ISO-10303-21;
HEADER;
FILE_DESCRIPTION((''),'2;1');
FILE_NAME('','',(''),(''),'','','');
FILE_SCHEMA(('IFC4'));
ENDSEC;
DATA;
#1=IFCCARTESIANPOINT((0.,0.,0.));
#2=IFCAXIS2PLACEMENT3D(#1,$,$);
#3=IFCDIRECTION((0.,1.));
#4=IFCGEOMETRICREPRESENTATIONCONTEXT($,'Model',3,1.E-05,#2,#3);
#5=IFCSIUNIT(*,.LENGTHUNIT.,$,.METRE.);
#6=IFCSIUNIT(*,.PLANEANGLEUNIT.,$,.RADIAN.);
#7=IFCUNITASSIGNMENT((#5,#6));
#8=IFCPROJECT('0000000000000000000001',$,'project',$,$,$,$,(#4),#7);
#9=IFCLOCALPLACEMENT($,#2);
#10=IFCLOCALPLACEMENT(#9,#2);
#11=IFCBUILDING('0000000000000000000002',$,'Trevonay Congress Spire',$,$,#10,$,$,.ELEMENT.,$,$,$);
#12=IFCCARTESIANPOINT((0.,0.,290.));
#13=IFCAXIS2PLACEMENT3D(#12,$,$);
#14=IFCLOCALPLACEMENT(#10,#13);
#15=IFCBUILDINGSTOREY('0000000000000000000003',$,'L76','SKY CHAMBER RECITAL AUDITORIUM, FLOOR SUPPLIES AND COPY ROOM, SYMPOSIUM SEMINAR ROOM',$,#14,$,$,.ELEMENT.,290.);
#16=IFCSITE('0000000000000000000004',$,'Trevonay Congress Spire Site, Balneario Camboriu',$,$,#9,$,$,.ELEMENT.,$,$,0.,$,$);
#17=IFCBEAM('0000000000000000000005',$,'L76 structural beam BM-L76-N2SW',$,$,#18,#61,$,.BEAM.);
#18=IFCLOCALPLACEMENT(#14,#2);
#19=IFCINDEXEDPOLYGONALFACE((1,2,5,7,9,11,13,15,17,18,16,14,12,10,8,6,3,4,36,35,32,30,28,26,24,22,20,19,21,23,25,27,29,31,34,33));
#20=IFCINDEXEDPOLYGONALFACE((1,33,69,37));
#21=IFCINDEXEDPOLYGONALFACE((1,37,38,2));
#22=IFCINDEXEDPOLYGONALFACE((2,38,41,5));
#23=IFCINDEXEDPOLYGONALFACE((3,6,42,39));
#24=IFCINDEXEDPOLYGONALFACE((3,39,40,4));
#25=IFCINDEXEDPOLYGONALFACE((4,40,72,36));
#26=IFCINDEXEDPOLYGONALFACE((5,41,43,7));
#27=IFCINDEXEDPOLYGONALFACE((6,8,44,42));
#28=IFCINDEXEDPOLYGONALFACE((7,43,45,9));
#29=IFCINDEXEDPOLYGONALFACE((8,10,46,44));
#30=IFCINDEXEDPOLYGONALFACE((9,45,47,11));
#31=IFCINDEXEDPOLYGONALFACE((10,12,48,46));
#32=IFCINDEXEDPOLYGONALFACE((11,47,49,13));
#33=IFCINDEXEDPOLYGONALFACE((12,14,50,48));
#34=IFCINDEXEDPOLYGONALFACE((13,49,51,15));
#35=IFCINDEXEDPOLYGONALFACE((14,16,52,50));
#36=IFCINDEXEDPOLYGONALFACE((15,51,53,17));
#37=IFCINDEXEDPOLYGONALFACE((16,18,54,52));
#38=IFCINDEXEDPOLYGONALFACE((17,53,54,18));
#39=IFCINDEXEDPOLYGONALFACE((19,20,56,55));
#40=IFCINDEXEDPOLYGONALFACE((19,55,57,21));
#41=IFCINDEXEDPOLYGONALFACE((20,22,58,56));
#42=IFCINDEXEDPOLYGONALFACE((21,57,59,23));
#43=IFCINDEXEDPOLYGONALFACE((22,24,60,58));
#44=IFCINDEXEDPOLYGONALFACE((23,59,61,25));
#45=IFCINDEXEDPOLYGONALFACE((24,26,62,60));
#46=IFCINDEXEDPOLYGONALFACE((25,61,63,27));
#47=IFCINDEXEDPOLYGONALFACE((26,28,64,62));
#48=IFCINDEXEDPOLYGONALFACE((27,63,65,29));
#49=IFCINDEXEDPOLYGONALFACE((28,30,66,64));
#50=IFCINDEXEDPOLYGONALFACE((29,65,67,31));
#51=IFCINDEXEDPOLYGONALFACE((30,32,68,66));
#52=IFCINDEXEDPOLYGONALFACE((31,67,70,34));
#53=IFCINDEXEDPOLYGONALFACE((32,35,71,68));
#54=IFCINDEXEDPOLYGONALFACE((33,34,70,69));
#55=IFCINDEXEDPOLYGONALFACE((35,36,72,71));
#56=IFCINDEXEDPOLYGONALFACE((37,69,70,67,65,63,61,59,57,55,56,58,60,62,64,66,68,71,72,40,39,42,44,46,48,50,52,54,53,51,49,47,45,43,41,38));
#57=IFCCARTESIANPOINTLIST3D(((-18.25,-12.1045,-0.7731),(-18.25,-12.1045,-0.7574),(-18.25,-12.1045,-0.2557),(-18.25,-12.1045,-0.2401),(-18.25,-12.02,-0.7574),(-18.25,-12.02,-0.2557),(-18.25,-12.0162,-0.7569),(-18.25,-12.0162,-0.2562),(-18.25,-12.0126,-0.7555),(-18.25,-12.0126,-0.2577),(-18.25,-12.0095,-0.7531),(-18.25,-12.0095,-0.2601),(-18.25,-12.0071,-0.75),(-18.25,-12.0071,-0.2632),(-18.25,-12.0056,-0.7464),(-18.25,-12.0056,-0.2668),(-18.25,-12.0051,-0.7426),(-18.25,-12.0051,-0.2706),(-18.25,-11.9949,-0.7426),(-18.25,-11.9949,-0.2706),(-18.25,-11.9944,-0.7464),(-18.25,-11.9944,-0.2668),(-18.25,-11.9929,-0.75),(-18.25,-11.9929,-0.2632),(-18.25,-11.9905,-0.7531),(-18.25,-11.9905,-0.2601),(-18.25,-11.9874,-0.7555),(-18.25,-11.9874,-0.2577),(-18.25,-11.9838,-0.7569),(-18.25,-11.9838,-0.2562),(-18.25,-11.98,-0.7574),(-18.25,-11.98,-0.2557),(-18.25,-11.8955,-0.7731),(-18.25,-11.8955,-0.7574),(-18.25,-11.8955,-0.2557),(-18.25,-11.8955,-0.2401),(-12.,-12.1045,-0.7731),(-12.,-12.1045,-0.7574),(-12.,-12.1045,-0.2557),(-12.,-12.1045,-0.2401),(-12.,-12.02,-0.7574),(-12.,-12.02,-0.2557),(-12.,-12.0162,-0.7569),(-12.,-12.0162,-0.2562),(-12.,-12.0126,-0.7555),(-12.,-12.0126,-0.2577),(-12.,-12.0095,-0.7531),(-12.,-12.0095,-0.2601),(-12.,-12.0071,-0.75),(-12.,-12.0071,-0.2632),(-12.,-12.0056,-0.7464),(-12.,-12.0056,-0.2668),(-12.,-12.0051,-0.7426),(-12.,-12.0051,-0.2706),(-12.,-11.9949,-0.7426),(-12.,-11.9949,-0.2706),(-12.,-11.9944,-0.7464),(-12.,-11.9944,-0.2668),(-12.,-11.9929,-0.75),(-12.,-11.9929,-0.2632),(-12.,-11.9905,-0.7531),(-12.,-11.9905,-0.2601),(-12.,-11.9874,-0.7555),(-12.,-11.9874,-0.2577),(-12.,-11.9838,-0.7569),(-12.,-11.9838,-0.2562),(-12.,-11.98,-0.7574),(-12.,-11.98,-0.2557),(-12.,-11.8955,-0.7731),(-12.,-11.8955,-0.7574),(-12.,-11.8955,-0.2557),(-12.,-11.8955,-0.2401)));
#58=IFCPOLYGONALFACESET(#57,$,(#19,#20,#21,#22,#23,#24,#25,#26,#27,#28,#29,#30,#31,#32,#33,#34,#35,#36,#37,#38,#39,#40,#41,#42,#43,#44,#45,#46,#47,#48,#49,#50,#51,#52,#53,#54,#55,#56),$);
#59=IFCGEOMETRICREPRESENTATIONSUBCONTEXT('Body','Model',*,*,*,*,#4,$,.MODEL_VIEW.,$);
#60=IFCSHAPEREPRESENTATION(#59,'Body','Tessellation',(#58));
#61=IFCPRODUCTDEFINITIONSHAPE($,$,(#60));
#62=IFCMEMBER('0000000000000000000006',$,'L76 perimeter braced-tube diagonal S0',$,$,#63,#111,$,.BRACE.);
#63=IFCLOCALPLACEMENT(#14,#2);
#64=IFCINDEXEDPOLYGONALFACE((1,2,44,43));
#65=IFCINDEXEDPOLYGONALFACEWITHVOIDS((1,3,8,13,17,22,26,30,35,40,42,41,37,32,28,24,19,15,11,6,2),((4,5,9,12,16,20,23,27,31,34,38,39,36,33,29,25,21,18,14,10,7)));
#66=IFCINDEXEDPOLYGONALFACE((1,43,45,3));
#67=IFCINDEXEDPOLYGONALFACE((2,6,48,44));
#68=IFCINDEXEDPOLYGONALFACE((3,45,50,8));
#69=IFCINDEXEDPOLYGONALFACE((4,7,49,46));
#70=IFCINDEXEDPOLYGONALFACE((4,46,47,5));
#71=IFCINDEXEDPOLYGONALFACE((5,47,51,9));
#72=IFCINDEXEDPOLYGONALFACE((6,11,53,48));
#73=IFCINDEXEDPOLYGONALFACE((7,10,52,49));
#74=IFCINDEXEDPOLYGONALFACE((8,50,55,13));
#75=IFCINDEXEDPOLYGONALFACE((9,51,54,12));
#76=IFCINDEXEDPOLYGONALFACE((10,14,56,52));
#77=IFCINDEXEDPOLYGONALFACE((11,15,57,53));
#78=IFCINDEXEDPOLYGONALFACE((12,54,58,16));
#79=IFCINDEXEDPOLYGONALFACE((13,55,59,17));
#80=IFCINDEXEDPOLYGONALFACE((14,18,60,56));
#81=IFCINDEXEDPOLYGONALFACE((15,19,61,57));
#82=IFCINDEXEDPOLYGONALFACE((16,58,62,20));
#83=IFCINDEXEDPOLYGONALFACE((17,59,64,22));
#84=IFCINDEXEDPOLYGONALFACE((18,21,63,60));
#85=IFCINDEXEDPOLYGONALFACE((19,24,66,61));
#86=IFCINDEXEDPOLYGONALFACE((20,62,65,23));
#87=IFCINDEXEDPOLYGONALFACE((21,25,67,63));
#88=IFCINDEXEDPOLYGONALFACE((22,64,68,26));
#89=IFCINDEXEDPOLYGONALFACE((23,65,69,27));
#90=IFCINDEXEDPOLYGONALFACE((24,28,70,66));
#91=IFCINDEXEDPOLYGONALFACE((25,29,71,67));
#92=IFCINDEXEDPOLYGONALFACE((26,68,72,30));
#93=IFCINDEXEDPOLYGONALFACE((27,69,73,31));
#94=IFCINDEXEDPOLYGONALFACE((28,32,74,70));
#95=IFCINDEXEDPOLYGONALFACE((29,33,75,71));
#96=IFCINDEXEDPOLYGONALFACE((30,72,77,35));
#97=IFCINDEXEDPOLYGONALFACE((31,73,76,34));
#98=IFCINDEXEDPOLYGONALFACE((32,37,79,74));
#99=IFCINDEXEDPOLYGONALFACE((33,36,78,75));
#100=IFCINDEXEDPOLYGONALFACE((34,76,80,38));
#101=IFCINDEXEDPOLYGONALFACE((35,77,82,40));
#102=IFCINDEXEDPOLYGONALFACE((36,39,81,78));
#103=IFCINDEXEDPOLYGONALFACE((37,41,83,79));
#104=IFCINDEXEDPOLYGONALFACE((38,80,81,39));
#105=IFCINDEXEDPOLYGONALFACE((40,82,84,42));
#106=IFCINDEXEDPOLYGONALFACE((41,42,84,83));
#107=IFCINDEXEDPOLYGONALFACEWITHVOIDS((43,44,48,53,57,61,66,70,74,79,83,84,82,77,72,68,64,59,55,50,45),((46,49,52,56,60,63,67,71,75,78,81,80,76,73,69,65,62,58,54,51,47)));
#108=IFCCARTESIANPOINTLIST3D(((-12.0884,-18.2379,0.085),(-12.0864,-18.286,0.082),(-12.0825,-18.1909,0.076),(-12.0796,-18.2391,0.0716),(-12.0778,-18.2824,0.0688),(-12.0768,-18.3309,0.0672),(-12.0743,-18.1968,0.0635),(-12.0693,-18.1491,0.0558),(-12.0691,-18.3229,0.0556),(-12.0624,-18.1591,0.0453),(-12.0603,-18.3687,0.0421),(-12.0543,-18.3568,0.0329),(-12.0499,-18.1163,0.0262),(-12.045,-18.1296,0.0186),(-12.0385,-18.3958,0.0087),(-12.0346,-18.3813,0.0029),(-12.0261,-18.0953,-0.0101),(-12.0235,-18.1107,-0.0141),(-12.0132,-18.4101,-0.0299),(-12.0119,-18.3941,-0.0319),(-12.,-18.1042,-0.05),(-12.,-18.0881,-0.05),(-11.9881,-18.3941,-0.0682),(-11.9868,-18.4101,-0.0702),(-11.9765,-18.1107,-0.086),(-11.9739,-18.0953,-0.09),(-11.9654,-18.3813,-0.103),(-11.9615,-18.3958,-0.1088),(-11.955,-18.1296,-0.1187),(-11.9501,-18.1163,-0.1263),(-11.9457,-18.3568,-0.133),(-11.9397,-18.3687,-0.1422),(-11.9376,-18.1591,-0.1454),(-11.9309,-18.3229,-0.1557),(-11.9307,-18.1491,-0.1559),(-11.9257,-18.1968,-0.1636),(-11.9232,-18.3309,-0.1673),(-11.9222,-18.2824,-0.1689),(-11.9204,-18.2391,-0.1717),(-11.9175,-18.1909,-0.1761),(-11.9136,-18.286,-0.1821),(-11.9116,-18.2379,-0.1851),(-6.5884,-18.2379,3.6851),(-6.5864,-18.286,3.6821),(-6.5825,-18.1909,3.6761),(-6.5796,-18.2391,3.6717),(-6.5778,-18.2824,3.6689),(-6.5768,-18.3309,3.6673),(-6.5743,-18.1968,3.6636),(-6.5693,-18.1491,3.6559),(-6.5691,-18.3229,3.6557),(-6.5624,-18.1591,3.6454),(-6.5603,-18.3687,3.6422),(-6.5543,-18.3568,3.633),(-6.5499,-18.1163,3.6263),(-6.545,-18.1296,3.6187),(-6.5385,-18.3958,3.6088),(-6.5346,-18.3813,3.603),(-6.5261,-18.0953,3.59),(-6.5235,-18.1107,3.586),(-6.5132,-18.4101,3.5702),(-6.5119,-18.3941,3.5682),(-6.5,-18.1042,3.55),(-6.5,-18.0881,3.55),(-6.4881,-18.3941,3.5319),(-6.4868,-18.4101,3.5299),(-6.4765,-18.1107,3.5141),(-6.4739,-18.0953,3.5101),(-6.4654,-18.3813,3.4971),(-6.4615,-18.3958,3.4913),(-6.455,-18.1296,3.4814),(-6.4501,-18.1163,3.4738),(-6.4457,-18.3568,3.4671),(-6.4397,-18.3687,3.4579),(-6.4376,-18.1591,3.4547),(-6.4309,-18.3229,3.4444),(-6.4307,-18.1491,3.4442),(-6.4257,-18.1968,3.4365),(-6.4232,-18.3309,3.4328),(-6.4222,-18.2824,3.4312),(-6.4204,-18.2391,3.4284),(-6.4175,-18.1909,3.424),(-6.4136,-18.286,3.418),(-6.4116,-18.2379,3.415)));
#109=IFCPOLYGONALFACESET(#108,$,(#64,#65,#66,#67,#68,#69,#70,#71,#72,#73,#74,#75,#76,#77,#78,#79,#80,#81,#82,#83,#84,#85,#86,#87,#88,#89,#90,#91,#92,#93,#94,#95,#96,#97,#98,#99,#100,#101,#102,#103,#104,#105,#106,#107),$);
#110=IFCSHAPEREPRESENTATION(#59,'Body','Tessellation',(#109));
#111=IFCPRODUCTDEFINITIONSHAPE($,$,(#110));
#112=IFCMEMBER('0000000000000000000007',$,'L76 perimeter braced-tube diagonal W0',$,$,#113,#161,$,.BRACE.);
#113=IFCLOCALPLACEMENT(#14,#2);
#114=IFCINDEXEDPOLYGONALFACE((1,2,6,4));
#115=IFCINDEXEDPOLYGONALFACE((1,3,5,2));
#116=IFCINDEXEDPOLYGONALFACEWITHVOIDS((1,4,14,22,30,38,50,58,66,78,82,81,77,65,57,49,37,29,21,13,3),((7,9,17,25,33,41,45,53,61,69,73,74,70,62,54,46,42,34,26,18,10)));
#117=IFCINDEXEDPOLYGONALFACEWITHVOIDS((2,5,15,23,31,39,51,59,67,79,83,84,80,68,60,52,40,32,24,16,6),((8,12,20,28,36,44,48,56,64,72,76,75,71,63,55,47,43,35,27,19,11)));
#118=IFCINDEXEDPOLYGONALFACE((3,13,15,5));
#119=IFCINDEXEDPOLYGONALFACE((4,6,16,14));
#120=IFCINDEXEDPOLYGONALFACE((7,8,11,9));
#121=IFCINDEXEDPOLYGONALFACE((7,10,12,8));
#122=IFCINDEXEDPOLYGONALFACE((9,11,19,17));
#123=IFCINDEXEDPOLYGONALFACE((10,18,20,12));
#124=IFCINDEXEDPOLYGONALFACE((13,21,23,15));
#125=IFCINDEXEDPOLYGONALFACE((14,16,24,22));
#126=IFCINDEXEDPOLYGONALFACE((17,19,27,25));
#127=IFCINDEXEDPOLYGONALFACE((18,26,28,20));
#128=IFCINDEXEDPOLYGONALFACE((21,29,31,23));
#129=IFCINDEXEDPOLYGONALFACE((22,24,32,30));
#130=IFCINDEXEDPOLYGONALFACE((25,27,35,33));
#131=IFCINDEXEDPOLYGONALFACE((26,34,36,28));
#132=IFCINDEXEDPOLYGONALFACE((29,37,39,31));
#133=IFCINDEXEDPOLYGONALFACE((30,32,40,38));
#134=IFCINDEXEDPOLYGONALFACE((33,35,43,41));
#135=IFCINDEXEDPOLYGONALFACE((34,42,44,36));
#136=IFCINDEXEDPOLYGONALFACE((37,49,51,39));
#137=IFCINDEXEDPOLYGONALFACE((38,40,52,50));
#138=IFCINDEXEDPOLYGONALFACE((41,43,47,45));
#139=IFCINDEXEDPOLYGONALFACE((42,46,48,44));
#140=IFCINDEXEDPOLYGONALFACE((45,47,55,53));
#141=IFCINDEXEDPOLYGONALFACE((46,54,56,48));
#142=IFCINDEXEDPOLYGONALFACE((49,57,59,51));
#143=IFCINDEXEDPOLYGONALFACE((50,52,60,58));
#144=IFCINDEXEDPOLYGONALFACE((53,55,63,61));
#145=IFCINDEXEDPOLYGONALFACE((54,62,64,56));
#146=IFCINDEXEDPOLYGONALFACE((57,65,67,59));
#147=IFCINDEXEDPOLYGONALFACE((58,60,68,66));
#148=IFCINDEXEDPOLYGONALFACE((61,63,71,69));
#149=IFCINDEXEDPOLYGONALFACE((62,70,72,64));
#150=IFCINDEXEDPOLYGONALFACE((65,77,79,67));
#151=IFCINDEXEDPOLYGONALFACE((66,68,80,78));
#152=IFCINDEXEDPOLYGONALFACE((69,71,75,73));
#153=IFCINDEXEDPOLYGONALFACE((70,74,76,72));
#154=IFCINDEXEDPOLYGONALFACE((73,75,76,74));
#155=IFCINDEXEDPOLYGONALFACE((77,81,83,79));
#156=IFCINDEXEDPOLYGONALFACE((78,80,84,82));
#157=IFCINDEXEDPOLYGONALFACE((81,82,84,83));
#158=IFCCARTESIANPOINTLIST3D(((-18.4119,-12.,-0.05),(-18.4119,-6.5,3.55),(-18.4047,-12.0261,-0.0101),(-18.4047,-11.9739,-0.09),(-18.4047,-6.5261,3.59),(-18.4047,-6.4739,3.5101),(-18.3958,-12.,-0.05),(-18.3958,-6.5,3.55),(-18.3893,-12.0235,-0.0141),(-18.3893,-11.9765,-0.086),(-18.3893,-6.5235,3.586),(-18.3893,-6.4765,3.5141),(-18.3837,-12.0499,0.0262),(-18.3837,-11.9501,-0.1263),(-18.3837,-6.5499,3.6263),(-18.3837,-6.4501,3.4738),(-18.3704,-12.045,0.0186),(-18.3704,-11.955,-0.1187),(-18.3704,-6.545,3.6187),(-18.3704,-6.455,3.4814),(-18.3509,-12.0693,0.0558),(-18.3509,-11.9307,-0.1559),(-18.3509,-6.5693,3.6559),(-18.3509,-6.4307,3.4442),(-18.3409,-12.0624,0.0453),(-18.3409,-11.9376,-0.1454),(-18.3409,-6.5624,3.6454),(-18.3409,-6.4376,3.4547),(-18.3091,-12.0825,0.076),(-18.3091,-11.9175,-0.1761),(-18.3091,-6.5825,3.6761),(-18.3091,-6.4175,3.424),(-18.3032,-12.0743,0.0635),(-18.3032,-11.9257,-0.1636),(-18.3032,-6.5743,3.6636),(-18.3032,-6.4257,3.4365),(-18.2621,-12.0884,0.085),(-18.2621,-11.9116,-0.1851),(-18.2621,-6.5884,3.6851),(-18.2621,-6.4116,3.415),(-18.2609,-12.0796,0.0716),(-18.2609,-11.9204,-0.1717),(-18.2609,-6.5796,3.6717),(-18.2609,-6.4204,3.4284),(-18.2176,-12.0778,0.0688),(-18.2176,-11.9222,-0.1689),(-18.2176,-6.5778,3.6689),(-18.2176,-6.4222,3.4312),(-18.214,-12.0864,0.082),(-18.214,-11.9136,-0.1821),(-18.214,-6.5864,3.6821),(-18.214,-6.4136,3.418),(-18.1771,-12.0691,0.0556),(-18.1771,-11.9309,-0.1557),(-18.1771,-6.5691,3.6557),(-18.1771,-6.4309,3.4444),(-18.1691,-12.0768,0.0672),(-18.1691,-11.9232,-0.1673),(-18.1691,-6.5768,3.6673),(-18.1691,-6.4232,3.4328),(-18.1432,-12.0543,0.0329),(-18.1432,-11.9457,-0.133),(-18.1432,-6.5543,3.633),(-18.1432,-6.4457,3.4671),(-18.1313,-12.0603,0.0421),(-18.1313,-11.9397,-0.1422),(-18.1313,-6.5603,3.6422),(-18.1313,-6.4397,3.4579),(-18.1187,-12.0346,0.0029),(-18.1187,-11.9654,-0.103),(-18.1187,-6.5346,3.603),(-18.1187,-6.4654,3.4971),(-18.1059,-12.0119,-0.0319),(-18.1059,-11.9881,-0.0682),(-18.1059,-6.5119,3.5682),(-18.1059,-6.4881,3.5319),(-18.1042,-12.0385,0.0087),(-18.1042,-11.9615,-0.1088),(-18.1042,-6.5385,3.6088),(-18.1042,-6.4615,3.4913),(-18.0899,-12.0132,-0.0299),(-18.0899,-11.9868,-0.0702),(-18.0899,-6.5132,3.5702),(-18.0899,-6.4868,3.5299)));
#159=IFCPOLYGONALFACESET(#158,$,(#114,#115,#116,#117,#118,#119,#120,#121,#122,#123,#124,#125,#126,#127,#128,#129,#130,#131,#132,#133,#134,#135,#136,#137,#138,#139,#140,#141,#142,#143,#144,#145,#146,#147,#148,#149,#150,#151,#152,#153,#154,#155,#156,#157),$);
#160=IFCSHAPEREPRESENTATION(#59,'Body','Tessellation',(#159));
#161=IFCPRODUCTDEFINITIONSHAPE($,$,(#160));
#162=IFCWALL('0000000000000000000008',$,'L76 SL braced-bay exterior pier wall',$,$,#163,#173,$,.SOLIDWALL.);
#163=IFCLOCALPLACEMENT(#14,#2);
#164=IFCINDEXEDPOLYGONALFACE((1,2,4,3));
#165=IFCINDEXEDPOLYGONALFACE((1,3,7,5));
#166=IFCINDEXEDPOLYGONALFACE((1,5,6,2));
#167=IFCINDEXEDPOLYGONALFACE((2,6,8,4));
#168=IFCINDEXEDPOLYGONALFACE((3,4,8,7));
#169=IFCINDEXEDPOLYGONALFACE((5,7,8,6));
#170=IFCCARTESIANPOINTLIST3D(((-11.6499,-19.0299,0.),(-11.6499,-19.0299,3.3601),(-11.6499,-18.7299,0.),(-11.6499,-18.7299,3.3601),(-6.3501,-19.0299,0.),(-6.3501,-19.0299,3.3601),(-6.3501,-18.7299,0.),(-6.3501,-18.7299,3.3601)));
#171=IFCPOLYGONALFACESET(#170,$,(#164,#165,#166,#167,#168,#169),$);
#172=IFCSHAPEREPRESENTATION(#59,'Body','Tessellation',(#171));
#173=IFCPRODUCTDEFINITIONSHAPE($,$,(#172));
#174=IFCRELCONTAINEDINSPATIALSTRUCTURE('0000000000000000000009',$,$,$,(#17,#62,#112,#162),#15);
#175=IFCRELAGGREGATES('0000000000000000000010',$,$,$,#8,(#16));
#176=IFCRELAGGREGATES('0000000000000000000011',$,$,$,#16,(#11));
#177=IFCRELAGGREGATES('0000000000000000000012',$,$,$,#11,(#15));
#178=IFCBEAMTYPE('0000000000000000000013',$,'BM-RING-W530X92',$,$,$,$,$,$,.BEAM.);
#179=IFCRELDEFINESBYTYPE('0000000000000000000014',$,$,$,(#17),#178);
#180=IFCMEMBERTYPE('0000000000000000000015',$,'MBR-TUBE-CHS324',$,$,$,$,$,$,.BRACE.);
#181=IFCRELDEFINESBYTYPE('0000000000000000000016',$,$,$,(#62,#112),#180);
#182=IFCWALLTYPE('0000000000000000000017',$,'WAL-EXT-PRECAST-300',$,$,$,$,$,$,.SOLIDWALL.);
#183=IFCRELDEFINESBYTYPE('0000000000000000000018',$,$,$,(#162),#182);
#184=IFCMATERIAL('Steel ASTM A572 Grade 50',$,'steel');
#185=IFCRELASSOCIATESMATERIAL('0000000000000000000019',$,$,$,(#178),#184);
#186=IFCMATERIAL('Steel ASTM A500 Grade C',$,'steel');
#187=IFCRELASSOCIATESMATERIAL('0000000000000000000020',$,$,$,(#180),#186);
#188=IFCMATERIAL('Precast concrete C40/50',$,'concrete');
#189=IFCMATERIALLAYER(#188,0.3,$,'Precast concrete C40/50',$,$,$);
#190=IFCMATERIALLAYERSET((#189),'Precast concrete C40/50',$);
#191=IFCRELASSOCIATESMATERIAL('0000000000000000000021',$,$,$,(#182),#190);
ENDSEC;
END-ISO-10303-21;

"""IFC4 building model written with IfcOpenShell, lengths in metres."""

from ifc_helpers import new_model, si_unit, direction, frame, frame_2d, origin, origin_2d, place, context, subcontext, project, spatial, rectangle, hollow_circle, i_section, extrude, material, layer, layer_set, material_profile, profile_set, type_object, element, save


model = new_model("IFC4")

# Units and contexts
model_context = context("Model", 3, precision=1e-05, world=origin(), true_north=direction((0.0, 1.0)))
body_context = subcontext(model_context, "Body", "Model", "MODEL_VIEW")
ifc_project = project(units=[si_unit("LENGTHUNIT", "METRE"), si_unit("PLANEANGLEUNIT", "RADIAN")], contexts=[model_context])

# Site, building, storey
site_placement = place(None, origin())
site = spatial("IfcSite", under=ifc_project, at=site_placement, Name="Trevonay Congress Spire Site, Balneario Camboriu", CompositionType="ELEMENT", RefElevation=0.0)
building_placement = place(site_placement, origin())
building = spatial("IfcBuilding", under=site, at=building_placement, Name="Trevonay Congress Spire", CompositionType="ELEMENT")
storey_placement = place(building_placement, frame((0.0, 0.0, 290.0)))
storey = spatial("IfcBuildingStorey", under=building, at=storey_placement, Name="L76", Description="SKY CHAMBER RECITAL AUDITORIUM, FLOOR SUPPLIES AND COPY ROOM, SYMPOSIUM SEMINAR ROOM", CompositionType="ELEMENT", Elevation=290.0)

# Shared definitions
ifc_material_1 = material(Name="Steel ASTM A572 Grade 50", Category="steel")

# Beam
ifc_material_profile_1 = material_profile(ifc_material_1, i_section(OverallWidth=0.209, OverallDepth=0.533, WebThickness=0.0103, FlangeThickness=0.0156, FilletRadius=0.0149, at=origin_2d()), Name="W530x92")
ifc_profile_set_1 = profile_set([ifc_material_profile_1], Name="Steel ASTM A572 Grade 50")
beam_type = type_object("IfcBeamType", Name="BM-RING-W530X92", PredefinedType="BEAM", material=ifc_profile_set_1)
for number, where, z_axis, x_axis, name in (
    (1, (-18.25, -12.0, -0.5066), (1.0, 0.0, 0.0), (0.0, 1.0, 0.0), "L76 structural beam BM-L76-N2SW"),
):
    element("IfcBeam", number, at=place(storey_placement, frame(where, z_axis=z_axis, x_axis=x_axis)), inside=storey, type_object=beam_type, Name=name, PredefinedType="BEAM", context=body_context, shape_type="SweptSolid", body=[
        extrude(i_section(OverallWidth=0.209, OverallDepth=0.533, WebThickness=0.0103, FlangeThickness=0.0156, FilletRadius=0.0149, at=origin_2d()), origin(), (0.0, 0.0, 1.0), 6.25),
    ])

# Members
ifc_material_2 = material(Name="Steel ASTM A500 Grade C", Category="steel")
ifc_material_profile_2 = material_profile(ifc_material_2, hollow_circle(Radius=0.1619, WallThickness=0.0161, at=origin_2d()), Name="CHS 323.9x16")
ifc_profile_set_2 = profile_set([ifc_material_profile_2], Name="Steel ASTM A500 Grade C")
member_type = type_object("IfcMemberType", Name="MBR-TUBE-CHS324", PredefinedType="BRACE", material=ifc_profile_set_2)
for number, where, z_axis, x_axis, name in (
    (2, (-12.0, -18.25, -0.05), (0.836695, 0.0, 0.54767), (0.0, 1.0, 0.0), "L76 perimeter braced-tube diagonal S0"),
    (3, (-18.25, -12.0, -0.05), (0.0, 0.836695, 0.54767), (-1.0, 0.0, 0.0), "L76 perimeter braced-tube diagonal W0"),
):
    element("IfcMember", number, at=place(storey_placement, frame(where, z_axis=z_axis, x_axis=x_axis)), inside=storey, type_object=member_type, Name=name, PredefinedType="BRACE", context=body_context, shape_type="SweptSolid", body=[
        extrude(hollow_circle(Radius=0.1619, WallThickness=0.0161, at=origin_2d()), origin(), (0.0, 0.0, 1.0), 6.5735),
    ])

# Wall
ifc_material_3 = material(Name="Precast concrete C40/50", Category="concrete")
ifc_layer_1 = layer(ifc_material_3, 0.3, Name="Precast concrete C40/50")
ifc_layer_set_1 = layer_set([ifc_layer_1], Name="Precast concrete C40/50")
wall_type_1 = type_object("IfcWallType", Name="WAL-EXT-PRECAST-300", PredefinedType="SOLIDWALL", material=ifc_layer_set_1)
wall_1_placement = place(storey_placement, frame((-11.6499, -18.8799, 0.0), z_axis=(0.0, 0.0, 1.0), x_axis=(1.0, 0.0, 0.0)))
element("IfcWall", 4, at=wall_1_placement, inside=storey, type_object=wall_type_1, Name="L76 SL braced-bay exterior pier wall", PredefinedType="SOLIDWALL", context=body_context, shape_type="SweptSolid", body=[
    extrude(rectangle(XDim=5.2998, YDim=0.3, at=frame_2d((2.6499, 0.0))), origin(), (0.0, 0.0, 1.0), 3.3601),
])

save(model, "model.ifc")
